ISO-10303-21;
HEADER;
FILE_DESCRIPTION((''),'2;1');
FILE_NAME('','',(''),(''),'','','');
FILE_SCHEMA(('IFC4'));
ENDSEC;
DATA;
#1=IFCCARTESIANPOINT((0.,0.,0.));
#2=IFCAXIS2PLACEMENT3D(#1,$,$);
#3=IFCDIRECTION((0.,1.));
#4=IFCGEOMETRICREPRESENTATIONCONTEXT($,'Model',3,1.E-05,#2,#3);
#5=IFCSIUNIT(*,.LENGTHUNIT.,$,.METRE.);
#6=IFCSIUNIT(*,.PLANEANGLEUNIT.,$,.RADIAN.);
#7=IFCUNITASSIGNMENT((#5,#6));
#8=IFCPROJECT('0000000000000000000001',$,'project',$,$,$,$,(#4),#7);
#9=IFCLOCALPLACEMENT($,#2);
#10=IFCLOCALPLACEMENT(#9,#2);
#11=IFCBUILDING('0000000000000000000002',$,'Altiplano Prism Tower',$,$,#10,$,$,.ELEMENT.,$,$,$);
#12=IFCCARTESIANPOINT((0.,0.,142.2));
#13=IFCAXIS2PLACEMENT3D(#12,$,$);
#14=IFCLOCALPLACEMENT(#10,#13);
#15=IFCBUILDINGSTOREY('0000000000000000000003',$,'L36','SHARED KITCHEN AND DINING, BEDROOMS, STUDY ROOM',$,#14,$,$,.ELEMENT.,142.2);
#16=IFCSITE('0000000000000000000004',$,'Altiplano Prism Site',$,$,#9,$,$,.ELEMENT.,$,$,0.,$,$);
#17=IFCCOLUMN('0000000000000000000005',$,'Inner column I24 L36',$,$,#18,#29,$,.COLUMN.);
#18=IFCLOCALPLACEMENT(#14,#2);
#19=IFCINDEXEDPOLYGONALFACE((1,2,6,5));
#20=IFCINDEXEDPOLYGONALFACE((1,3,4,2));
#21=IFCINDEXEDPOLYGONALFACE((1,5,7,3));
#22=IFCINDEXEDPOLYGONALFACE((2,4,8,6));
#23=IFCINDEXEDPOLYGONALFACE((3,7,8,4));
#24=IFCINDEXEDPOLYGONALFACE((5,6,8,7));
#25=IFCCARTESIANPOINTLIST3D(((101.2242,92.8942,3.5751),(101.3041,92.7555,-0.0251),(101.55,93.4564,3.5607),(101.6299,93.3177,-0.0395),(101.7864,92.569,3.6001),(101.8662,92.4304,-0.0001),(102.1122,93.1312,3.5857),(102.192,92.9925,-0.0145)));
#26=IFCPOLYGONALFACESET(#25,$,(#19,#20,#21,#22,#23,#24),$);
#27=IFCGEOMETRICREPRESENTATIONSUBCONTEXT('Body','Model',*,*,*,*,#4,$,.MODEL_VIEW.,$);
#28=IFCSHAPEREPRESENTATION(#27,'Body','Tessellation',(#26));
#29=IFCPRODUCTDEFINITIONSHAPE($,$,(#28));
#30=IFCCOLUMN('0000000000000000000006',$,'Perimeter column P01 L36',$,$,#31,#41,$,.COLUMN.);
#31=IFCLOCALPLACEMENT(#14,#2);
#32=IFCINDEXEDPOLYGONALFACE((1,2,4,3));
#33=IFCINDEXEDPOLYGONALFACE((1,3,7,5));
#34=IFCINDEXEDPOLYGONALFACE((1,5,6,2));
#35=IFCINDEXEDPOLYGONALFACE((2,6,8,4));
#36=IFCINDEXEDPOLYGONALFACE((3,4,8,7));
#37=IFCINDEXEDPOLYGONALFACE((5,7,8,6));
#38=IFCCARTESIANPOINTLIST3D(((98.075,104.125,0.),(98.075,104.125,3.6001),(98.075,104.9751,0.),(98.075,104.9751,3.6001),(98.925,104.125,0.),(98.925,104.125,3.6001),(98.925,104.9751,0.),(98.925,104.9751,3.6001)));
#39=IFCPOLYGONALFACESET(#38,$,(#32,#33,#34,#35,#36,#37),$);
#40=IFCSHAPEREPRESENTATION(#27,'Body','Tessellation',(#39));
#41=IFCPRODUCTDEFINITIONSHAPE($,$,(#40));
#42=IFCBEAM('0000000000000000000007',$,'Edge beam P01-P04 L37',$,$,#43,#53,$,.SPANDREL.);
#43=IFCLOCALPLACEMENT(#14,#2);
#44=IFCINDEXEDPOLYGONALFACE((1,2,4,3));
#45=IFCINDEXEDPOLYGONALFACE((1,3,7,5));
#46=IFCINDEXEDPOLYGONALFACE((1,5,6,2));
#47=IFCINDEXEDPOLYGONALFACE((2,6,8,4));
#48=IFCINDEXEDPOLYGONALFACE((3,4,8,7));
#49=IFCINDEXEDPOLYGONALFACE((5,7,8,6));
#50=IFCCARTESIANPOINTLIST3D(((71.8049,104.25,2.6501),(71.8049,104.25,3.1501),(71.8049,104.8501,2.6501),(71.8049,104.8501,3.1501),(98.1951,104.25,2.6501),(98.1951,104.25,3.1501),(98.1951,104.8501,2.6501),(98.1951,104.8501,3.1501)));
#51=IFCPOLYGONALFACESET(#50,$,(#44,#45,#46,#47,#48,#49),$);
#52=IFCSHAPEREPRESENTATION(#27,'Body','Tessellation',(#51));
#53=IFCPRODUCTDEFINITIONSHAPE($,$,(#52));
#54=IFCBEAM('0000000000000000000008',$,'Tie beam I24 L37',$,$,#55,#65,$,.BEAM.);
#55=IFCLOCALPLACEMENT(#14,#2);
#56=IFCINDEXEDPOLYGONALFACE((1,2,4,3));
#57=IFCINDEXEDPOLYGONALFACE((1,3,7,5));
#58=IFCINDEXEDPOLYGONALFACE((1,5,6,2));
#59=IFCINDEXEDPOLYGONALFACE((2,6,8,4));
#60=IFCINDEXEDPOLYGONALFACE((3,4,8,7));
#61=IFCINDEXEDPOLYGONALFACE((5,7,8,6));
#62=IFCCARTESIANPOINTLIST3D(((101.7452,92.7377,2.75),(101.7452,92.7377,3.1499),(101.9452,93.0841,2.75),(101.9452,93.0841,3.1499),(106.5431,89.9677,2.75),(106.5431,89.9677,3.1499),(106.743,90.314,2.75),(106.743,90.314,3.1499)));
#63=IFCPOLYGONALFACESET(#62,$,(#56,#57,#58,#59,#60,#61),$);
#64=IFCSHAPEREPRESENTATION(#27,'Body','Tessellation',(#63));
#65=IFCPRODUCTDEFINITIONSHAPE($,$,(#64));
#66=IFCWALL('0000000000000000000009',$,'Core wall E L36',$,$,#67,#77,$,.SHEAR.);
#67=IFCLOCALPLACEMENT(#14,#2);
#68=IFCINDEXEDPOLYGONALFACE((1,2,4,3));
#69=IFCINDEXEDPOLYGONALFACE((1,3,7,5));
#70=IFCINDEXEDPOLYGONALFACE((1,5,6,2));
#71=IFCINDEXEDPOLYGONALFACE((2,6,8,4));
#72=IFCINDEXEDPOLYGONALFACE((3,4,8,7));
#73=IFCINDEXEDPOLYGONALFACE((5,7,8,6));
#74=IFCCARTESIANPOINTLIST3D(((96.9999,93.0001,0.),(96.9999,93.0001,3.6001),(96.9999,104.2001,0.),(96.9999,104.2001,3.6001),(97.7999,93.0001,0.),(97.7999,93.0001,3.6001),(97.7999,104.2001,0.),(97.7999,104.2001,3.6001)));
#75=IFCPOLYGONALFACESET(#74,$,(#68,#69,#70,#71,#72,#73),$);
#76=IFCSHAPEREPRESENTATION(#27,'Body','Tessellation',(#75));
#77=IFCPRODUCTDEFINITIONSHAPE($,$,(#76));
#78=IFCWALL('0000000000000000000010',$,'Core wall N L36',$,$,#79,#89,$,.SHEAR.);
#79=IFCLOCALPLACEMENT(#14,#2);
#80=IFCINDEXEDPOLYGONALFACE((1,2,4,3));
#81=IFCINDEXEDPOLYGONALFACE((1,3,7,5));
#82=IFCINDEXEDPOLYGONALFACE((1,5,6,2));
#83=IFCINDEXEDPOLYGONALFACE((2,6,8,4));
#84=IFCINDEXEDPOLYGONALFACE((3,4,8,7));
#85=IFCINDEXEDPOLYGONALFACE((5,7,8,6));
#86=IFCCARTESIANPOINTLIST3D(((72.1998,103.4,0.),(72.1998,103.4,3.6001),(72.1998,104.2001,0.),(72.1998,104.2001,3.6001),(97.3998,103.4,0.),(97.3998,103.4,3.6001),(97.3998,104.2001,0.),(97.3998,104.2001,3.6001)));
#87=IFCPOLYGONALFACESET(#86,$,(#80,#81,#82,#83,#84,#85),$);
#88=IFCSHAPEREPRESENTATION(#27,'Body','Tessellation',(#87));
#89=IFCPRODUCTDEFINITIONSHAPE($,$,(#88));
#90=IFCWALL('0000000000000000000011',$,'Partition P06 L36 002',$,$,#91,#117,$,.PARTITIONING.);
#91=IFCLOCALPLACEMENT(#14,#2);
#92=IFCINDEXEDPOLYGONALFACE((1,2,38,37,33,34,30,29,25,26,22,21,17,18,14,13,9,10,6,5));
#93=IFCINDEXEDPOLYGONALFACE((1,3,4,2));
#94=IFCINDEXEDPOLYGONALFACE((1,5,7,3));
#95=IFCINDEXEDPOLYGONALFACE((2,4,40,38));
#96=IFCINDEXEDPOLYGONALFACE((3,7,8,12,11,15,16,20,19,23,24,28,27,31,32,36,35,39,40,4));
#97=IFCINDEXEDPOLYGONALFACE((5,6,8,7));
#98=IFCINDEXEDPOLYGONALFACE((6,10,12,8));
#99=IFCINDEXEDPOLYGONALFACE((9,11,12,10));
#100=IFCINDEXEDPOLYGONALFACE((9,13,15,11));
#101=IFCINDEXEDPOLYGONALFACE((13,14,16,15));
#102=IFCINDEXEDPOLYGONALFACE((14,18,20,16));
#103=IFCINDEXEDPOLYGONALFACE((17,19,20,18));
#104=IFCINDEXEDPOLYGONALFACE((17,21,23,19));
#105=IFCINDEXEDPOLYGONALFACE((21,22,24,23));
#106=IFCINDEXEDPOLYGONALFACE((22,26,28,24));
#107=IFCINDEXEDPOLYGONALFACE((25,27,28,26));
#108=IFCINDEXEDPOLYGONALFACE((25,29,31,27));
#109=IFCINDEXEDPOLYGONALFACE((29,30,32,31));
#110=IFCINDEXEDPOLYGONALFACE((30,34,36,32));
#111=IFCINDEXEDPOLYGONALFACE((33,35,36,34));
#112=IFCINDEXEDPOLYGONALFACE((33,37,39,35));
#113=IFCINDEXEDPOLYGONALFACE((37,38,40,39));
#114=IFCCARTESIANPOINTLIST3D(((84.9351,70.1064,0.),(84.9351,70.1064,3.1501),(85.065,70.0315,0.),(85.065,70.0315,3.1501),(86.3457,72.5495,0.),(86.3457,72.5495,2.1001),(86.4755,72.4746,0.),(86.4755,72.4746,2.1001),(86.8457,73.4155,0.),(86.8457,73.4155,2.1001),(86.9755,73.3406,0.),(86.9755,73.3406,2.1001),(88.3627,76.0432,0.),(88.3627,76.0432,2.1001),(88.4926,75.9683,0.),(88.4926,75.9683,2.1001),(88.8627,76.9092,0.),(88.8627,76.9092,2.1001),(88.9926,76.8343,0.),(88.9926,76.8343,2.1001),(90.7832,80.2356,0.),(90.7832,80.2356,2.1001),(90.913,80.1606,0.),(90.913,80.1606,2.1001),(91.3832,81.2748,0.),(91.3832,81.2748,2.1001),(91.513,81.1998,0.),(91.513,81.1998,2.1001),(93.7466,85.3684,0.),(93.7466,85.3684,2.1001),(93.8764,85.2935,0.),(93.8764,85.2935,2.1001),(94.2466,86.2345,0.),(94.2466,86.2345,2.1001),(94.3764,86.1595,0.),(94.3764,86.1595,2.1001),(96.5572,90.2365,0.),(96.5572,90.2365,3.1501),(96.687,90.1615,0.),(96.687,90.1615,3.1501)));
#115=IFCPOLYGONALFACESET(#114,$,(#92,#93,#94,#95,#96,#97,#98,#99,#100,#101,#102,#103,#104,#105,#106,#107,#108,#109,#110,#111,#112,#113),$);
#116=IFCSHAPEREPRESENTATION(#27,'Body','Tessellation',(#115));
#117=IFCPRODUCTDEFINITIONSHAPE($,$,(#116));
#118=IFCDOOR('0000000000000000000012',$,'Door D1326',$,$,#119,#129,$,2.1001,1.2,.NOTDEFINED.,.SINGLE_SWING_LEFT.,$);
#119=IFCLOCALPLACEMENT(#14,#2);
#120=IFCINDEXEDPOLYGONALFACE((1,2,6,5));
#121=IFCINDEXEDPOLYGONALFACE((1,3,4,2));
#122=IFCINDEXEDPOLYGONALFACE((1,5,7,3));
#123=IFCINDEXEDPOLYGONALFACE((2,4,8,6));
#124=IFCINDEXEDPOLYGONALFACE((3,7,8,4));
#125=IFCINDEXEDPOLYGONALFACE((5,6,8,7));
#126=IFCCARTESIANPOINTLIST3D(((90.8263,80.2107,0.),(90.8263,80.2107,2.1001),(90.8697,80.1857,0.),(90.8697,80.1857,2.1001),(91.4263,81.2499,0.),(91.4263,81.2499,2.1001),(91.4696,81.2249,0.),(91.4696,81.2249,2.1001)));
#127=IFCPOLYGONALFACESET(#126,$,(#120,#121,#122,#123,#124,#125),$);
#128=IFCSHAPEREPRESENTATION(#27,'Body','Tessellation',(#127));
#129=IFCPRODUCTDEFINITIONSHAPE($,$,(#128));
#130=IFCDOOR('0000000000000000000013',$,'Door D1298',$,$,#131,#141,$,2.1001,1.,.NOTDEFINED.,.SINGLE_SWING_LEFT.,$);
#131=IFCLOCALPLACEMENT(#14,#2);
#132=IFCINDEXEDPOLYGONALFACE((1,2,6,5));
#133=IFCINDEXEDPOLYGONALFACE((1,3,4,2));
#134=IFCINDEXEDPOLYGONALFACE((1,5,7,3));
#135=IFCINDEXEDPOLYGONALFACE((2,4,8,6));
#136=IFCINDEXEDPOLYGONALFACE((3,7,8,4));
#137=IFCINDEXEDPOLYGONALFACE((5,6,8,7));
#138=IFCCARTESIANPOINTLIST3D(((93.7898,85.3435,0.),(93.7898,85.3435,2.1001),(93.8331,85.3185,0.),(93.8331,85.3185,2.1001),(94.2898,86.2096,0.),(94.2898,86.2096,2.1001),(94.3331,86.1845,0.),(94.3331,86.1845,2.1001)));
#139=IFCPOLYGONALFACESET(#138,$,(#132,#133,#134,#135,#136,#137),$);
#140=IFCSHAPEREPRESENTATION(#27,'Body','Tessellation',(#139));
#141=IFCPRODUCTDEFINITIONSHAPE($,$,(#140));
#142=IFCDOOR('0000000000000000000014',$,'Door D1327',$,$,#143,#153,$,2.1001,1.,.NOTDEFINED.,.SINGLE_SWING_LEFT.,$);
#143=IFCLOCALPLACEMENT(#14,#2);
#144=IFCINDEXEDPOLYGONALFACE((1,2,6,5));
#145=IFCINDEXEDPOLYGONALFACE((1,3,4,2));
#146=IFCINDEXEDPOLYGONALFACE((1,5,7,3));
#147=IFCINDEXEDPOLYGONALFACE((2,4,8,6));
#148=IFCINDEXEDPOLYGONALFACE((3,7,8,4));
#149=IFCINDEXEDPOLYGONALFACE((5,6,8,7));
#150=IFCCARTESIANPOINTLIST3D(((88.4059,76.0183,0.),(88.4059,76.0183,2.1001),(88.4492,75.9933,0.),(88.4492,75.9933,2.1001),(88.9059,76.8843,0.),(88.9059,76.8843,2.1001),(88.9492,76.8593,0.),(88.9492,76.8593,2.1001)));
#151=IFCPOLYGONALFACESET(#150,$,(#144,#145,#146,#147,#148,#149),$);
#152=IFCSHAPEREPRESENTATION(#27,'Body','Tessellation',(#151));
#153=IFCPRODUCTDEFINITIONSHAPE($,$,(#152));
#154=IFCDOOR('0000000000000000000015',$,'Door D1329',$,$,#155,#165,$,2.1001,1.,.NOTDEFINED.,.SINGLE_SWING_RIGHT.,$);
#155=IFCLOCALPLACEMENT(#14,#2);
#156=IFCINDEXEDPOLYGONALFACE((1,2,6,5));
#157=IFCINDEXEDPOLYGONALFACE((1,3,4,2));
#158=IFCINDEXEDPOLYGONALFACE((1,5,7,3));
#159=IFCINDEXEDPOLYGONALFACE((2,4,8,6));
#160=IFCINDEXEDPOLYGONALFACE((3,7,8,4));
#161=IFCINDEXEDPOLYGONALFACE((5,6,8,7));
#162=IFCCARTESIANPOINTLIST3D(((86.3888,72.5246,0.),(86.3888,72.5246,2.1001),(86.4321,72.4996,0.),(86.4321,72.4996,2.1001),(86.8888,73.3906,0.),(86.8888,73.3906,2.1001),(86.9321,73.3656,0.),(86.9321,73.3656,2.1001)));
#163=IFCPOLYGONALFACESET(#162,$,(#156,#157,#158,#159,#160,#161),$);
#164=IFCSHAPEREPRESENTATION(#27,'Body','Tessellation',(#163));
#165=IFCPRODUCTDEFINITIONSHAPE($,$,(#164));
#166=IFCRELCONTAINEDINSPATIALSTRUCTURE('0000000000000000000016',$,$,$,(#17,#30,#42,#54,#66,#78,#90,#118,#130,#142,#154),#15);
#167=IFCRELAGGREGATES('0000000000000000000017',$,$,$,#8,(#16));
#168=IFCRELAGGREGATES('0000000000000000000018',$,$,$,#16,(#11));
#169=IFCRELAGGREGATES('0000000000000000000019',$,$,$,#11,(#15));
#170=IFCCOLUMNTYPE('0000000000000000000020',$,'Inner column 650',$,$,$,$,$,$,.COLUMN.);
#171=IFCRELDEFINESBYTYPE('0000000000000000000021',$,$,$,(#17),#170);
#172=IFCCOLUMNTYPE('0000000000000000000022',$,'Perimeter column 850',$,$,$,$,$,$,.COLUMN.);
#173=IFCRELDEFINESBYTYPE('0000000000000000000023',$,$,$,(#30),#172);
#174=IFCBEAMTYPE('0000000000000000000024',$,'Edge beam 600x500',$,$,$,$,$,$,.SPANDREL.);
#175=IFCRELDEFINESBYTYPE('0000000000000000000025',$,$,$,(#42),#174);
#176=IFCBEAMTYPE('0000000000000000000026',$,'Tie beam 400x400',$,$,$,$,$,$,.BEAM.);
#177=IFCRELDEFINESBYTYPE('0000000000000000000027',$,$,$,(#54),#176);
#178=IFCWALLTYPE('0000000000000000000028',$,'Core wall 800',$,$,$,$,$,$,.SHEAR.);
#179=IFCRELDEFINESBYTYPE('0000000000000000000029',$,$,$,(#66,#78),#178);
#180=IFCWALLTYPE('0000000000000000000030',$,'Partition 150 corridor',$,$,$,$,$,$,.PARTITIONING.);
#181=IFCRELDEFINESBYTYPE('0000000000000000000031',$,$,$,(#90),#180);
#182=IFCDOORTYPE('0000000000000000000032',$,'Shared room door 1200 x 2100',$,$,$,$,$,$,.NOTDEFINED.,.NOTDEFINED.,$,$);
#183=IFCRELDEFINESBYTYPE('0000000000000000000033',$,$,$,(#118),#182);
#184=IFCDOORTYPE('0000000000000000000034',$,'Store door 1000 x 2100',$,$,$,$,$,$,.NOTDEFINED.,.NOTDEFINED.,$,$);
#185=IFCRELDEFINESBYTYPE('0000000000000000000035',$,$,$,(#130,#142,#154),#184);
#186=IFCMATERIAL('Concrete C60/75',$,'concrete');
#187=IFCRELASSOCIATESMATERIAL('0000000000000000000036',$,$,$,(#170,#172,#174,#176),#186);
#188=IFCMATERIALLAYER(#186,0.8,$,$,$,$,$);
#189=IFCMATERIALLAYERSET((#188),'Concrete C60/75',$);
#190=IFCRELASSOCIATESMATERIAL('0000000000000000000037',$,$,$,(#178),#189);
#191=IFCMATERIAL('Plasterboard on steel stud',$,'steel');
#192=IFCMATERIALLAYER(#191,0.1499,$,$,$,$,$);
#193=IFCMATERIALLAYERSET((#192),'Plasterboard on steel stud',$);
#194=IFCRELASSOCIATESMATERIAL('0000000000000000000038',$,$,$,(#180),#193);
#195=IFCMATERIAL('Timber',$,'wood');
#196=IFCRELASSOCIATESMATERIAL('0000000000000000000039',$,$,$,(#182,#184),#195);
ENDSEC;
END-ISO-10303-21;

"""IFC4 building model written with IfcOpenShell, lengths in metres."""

from ifc_helpers import new_model, si_unit, direction, frame, frame_2d, origin, origin_2d, place, context, subcontext, project, spatial, rectangle, extrude, material, layer, layer_set, material_profile, profile_set, type_object, element, fill, save


model = new_model("IFC4")

# Units and contexts
model_context = context("Model", 3, precision=1e-05, world=origin(), true_north=direction((0.0, 1.0)))
body_context = subcontext(model_context, "Body", "Model", "MODEL_VIEW")
ifc_project = project(units=[si_unit("LENGTHUNIT", "METRE"), si_unit("PLANEANGLEUNIT", "RADIAN")], contexts=[model_context])

# Site, building, storey
site_placement = place(None, origin())
site = spatial("IfcSite", under=ifc_project, at=site_placement, Name="Altiplano Prism Site", CompositionType="ELEMENT", RefElevation=0.0)
building_placement = place(site_placement, origin())
building = spatial("IfcBuilding", under=site, at=building_placement, Name="Altiplano Prism Tower", CompositionType="ELEMENT")
storey_placement = place(building_placement, frame((0.0, 0.0, 142.2)))
storey = spatial("IfcBuildingStorey", under=building, at=storey_placement, Name="L36", Description="SHARED KITCHEN AND DINING, BEDROOMS, STUDY ROOM", CompositionType="ELEMENT", Elevation=142.2)

# Columns
ifc_material_1 = material(Name="Concrete C60/75", Category="concrete")
ifc_material_profile_1 = material_profile(ifc_material_1, rectangle(XDim=0.6499, YDim=0.6499, at=origin_2d()), Name="Inner column 650")
ifc_profile_set_1 = profile_set([ifc_material_profile_1], Name="Concrete C60/75")
column_type_1 = type_object("IfcColumnType", Name="Inner column 650", PredefinedType="COLUMN", material=ifc_profile_set_1)
column_1_placement = place(storey_placement, frame((101.748, 92.874, -0.0198), z_axis=(-0.022154, 0.038481, 0.999014), x_axis=(-0.501313, -0.864981, 0.022201)))
element("IfcColumn", 1, at=column_1_placement, inside=storey, type_object=column_type_1, Name="Inner column I24 L36", PredefinedType="COLUMN", context=body_context, shape_type="SweptSolid", body=[
    extrude(rectangle(XDim=0.6499, YDim=0.6499, at=origin_2d()), origin(), (0.0, 0.0, 1.0), 3.6038),
])
ifc_material_profile_2 = material_profile(ifc_material_1, rectangle(XDim=0.8501, YDim=0.8501, at=origin_2d()), Name="Perimeter column 850")
ifc_profile_set_2 = profile_set([ifc_material_profile_2], Name="Concrete C60/75")
column_type_2 = type_object("IfcColumnType", Name="Perimeter column 850", PredefinedType="COLUMN", material=ifc_profile_set_2)
column_2_placement = place(storey_placement, frame((98.5, 104.55, 0.0), z_axis=(0.0, 0.0, 1.0), x_axis=(1.0, 0.0, 0.0)))
element("IfcColumn", 2, at=column_2_placement, inside=storey, type_object=column_type_2, Name="Perimeter column P01 L36", PredefinedType="COLUMN", context=body_context, shape_type="SweptSolid", body=[
    extrude(rectangle(XDim=0.8501, YDim=0.8501, at=origin_2d()), origin(), (0.0, 0.0, 1.0), 3.6001),
])

# Beams
ifc_material_profile_3 = material_profile(ifc_material_1, rectangle(XDim=0.6001, YDim=0.5, at=origin_2d()), Name="Edge beam 600x500")
ifc_profile_set_3 = profile_set([ifc_material_profile_3], Name="Concrete C60/75")
beam_type_1 = type_object("IfcBeamType", Name="Edge beam 600x500", PredefinedType="SPANDREL", material=ifc_profile_set_3)
beam_1_placement = place(storey_placement, frame((98.1951, 104.55, 2.9001), z_axis=(-1.0, 0.0, 0.0), x_axis=(0.0, -1.0, 0.0)))
element("IfcBeam", 3, at=beam_1_placement, inside=storey, type_object=beam_type_1, Name="Edge beam P01-P04 L37", PredefinedType="SPANDREL", context=body_context, shape_type="SweptSolid", body=[
    extrude(rectangle(XDim=0.6001, YDim=0.5, at=origin_2d()), origin(), (0.0, 0.0, 1.0), 26.3901),
])
ifc_material_profile_4 = material_profile(ifc_material_1, rectangle(XDim=0.3999, YDim=0.3999, at=origin_2d()), Name="Tie beam 400x400")
ifc_profile_set_4 = profile_set([ifc_material_profile_4], Name="Concrete C60/75")
beam_type_2 = type_object("IfcBeamType", Name="Tie beam 400x400", PredefinedType="BEAM", material=ifc_profile_set_4)
beam_2_placement = place(storey_placement, frame((101.8452, 92.9109, 2.95), z_axis=(0.866027, -0.499997, 0.0), x_axis=(0.499997, 0.866027, 0.0)))
element("IfcBeam", 4, at=beam_2_placement, inside=storey, type_object=beam_type_2, Name="Tie beam I24 L37", PredefinedType="BEAM", context=body_context, shape_type="SweptSolid", body=[
    extrude(rectangle(XDim=0.3999, YDim=0.3999, at=origin_2d()), origin(), (0.0, 0.0, 1.0), 5.54),
])

# Walls
ifc_layer_1 = layer(ifc_material_1, 0.8)
ifc_layer_set_1 = layer_set([ifc_layer_1], Name="Concrete C60/75")
wall_type_1 = type_object("IfcWallType", Name="Core wall 800", PredefinedType="SHEAR", material=ifc_layer_set_1)
wall_1_placement = place(storey_placement, frame((97.3999, 93.0, 0.0), z_axis=(0.0, 0.0, 1.0), x_axis=(0.0, 1.0, 0.0)))
element("IfcWall", 5, at=wall_1_placement, inside=storey, type_object=wall_type_1, Name="Core wall E L36", PredefinedType="SHEAR", context=body_context, shape_type="SweptSolid", body=[
    extrude(rectangle(XDim=11.2, YDim=0.8, at=frame_2d((5.6001, 0.0))), origin(), (0.0, 0.0, 1.0), 3.6001),
])
wall_2_placement = place(storey_placement, frame((97.3999, 103.8, 0.0), z_axis=(0.0, 0.0, 1.0), x_axis=(-1.0, 0.0, 0.0)))
element("IfcWall", 6, at=wall_2_placement, inside=storey, type_object=wall_type_1, Name="Core wall N L36", PredefinedType="SHEAR", context=body_context, shape_type="SweptSolid", body=[
    extrude(rectangle(XDim=25.2, YDim=0.8, at=frame_2d((12.6001, 0.0))), origin(), (0.0, 0.0, 1.0), 3.6001),
])

# Wall, openings, doors
ifc_material_2 = material(Name="Plasterboard on steel stud", Category="steel")
ifc_layer_2 = layer(ifc_material_2, 0.1499)
ifc_layer_set_2 = layer_set([ifc_layer_2], Name="Plasterboard on steel stud")
wall_type_2 = type_object("IfcWallType", Name="Partition 150 corridor", PredefinedType="PARTITIONING", material=ifc_layer_set_2)
wall_3_placement = place(storey_placement, frame((96.6221, 90.199, 0.0), z_axis=(0.0, 0.0, 1.0), x_axis=(-0.499998, -0.866027, 0.0)))
wall_3 = element("IfcWall", 7, at=wall_3_placement, inside=storey, type_object=wall_type_2, Name="Partition P06 L36 002", PredefinedType="PARTITIONING", context=body_context, shape_type="SweptSolid", body=[
    extrude(rectangle(XDim=23.2441, YDim=0.1499, at=frame_2d((11.6221, 0.0))), origin(), (0.0, 0.0, 1.0), 3.1501),
])
opening_1_placement = place(wall_3_placement, frame((4.6211, 0.0, 0.0)))
opening_1 = element("IfcOpeningElement", 8, at=opening_1_placement, cuts=wall_3, PredefinedType="OPENING", context=body_context, shape_type="SweptSolid", body=[
    extrude(rectangle(XDim=1.0, YDim=2.1001, at=frame_2d((0.5, 1.05))), frame((0.0, 0.0854, 0.0), z_axis=(0.0, -1.0, 0.0), x_axis=(1.0, 0.0, 0.0)), (0.0, 0.0, 1.0), 0.1709),
])
opening_2_placement = place(wall_3_placement, frame((10.3479, 0.0, 0.0)))
opening_2 = element("IfcOpeningElement", 9, at=opening_2_placement, cuts=wall_3, PredefinedType="OPENING", context=body_context, shape_type="SweptSolid", body=[
    extrude(rectangle(XDim=1.2, YDim=2.1001, at=frame_2d((0.6001, 1.05))), frame((0.0, 0.0854, 0.0), z_axis=(0.0, -1.0, 0.0), x_axis=(1.0, 0.0, 0.0)), (0.0, 0.0, 1.0), 0.1709),
])
opening_3_placement = place(wall_3_placement, frame((15.3889, 0.0, 0.0)))
opening_3 = element("IfcOpeningElement", 10, at=opening_3_placement, cuts=wall_3, PredefinedType="OPENING", context=body_context, shape_type="SweptSolid", body=[
    extrude(rectangle(XDim=1.0, YDim=2.1001, at=frame_2d((0.5, 1.05))), frame((0.0, 0.0854, 0.0), z_axis=(0.0, -1.0, 0.0), x_axis=(1.0, 0.0, 0.0)), (0.0, 0.0, 1.0), 0.1709),
])
opening_4_placement = place(wall_3_placement, frame((19.4231, 0.0, 0.0)))
opening_4 = element("IfcOpeningElement", 11, at=opening_4_placement, cuts=wall_3, PredefinedType="OPENING", context=body_context, shape_type="SweptSolid", body=[
    extrude(rectangle(XDim=1.0, YDim=2.1001, at=frame_2d((0.5, 1.05))), frame((0.0, 0.0854, 0.0), z_axis=(0.0, -1.0, 0.0), x_axis=(1.0, 0.0, 0.0)), (0.0, 0.0, 1.0), 0.1709),
])
ifc_material_3 = material(Name="Timber", Category="wood")
door_type_1 = type_object("IfcDoorType", Name="Shared room door 1200 x 2100", OperationType="NOTDEFINED", PredefinedType="NOTDEFINED", material=ifc_material_3)
door_1_placement = place(opening_2_placement, origin())
door_1 = element("IfcDoor", 12, at=door_1_placement, inside=storey, type_object=door_type_1, Name="Door D1326", OperationType="SINGLE_SWING_LEFT", OverallHeight=2.1001, OverallWidth=1.2, PredefinedType="NOTDEFINED", context=body_context, shape_type="SweptSolid", body=[
    extrude(rectangle(XDim=1.2, YDim=2.1001, at=frame_2d((0.6001, 1.05))), frame((0.0, 0.0249, 0.0), z_axis=(0.0, -1.0, 0.0), x_axis=(1.0, 0.0, 0.0)), (0.0, 0.0, 1.0), 0.05),
])
fill(opening_2, door_1)
door_type_2 = type_object("IfcDoorType", Name="Store door 1000 x 2100", OperationType="NOTDEFINED", PredefinedType="NOTDEFINED", material=ifc_material_3)
door_2_placement = place(opening_1_placement, origin())
door_2 = element("IfcDoor", 13, at=door_2_placement, inside=storey, type_object=door_type_2, Name="Door D1298", OperationType="SINGLE_SWING_LEFT", OverallHeight=2.1001, OverallWidth=1.0, PredefinedType="NOTDEFINED", context=body_context, shape_type="SweptSolid", body=[
    extrude(rectangle(XDim=1.0, YDim=2.1001, at=frame_2d((0.5, 1.05))), frame((0.0, 0.0249, 0.0), z_axis=(0.0, -1.0, 0.0), x_axis=(1.0, 0.0, 0.0)), (0.0, 0.0, 1.0), 0.05),
])
fill(opening_1, door_2)
door_3_placement = place(opening_3_placement, origin())
door_3 = element("IfcDoor", 14, at=door_3_placement, inside=storey, type_object=door_type_2, Name="Door D1327", OperationType="SINGLE_SWING_LEFT", OverallHeight=2.1001, OverallWidth=1.0, PredefinedType="NOTDEFINED", context=body_context, shape_type="SweptSolid", body=[
    extrude(rectangle(XDim=1.0, YDim=2.1001, at=frame_2d((0.5, 1.05))), frame((0.0, 0.0249, 0.0), z_axis=(0.0, -1.0, 0.0), x_axis=(1.0, 0.0, 0.0)), (0.0, 0.0, 1.0), 0.05),
])
fill(opening_3, door_3)
door_4_placement = place(opening_4_placement, origin())
door_4 = element("IfcDoor", 15, at=door_4_placement, inside=storey, type_object=door_type_2, Name="Door D1329", OperationType="SINGLE_SWING_RIGHT", OverallHeight=2.1001, OverallWidth=1.0, PredefinedType="NOTDEFINED", context=body_context, shape_type="SweptSolid", body=[
    extrude(rectangle(XDim=1.0, YDim=2.1001, at=frame_2d((0.5, 1.05))), frame((0.0, 0.0249, 0.0), z_axis=(0.0, -1.0, 0.0), x_axis=(1.0, 0.0, 0.0)), (0.0, 0.0, 1.0), 0.05),
])
fill(opening_4, door_4)

save(model, "model.ifc")
